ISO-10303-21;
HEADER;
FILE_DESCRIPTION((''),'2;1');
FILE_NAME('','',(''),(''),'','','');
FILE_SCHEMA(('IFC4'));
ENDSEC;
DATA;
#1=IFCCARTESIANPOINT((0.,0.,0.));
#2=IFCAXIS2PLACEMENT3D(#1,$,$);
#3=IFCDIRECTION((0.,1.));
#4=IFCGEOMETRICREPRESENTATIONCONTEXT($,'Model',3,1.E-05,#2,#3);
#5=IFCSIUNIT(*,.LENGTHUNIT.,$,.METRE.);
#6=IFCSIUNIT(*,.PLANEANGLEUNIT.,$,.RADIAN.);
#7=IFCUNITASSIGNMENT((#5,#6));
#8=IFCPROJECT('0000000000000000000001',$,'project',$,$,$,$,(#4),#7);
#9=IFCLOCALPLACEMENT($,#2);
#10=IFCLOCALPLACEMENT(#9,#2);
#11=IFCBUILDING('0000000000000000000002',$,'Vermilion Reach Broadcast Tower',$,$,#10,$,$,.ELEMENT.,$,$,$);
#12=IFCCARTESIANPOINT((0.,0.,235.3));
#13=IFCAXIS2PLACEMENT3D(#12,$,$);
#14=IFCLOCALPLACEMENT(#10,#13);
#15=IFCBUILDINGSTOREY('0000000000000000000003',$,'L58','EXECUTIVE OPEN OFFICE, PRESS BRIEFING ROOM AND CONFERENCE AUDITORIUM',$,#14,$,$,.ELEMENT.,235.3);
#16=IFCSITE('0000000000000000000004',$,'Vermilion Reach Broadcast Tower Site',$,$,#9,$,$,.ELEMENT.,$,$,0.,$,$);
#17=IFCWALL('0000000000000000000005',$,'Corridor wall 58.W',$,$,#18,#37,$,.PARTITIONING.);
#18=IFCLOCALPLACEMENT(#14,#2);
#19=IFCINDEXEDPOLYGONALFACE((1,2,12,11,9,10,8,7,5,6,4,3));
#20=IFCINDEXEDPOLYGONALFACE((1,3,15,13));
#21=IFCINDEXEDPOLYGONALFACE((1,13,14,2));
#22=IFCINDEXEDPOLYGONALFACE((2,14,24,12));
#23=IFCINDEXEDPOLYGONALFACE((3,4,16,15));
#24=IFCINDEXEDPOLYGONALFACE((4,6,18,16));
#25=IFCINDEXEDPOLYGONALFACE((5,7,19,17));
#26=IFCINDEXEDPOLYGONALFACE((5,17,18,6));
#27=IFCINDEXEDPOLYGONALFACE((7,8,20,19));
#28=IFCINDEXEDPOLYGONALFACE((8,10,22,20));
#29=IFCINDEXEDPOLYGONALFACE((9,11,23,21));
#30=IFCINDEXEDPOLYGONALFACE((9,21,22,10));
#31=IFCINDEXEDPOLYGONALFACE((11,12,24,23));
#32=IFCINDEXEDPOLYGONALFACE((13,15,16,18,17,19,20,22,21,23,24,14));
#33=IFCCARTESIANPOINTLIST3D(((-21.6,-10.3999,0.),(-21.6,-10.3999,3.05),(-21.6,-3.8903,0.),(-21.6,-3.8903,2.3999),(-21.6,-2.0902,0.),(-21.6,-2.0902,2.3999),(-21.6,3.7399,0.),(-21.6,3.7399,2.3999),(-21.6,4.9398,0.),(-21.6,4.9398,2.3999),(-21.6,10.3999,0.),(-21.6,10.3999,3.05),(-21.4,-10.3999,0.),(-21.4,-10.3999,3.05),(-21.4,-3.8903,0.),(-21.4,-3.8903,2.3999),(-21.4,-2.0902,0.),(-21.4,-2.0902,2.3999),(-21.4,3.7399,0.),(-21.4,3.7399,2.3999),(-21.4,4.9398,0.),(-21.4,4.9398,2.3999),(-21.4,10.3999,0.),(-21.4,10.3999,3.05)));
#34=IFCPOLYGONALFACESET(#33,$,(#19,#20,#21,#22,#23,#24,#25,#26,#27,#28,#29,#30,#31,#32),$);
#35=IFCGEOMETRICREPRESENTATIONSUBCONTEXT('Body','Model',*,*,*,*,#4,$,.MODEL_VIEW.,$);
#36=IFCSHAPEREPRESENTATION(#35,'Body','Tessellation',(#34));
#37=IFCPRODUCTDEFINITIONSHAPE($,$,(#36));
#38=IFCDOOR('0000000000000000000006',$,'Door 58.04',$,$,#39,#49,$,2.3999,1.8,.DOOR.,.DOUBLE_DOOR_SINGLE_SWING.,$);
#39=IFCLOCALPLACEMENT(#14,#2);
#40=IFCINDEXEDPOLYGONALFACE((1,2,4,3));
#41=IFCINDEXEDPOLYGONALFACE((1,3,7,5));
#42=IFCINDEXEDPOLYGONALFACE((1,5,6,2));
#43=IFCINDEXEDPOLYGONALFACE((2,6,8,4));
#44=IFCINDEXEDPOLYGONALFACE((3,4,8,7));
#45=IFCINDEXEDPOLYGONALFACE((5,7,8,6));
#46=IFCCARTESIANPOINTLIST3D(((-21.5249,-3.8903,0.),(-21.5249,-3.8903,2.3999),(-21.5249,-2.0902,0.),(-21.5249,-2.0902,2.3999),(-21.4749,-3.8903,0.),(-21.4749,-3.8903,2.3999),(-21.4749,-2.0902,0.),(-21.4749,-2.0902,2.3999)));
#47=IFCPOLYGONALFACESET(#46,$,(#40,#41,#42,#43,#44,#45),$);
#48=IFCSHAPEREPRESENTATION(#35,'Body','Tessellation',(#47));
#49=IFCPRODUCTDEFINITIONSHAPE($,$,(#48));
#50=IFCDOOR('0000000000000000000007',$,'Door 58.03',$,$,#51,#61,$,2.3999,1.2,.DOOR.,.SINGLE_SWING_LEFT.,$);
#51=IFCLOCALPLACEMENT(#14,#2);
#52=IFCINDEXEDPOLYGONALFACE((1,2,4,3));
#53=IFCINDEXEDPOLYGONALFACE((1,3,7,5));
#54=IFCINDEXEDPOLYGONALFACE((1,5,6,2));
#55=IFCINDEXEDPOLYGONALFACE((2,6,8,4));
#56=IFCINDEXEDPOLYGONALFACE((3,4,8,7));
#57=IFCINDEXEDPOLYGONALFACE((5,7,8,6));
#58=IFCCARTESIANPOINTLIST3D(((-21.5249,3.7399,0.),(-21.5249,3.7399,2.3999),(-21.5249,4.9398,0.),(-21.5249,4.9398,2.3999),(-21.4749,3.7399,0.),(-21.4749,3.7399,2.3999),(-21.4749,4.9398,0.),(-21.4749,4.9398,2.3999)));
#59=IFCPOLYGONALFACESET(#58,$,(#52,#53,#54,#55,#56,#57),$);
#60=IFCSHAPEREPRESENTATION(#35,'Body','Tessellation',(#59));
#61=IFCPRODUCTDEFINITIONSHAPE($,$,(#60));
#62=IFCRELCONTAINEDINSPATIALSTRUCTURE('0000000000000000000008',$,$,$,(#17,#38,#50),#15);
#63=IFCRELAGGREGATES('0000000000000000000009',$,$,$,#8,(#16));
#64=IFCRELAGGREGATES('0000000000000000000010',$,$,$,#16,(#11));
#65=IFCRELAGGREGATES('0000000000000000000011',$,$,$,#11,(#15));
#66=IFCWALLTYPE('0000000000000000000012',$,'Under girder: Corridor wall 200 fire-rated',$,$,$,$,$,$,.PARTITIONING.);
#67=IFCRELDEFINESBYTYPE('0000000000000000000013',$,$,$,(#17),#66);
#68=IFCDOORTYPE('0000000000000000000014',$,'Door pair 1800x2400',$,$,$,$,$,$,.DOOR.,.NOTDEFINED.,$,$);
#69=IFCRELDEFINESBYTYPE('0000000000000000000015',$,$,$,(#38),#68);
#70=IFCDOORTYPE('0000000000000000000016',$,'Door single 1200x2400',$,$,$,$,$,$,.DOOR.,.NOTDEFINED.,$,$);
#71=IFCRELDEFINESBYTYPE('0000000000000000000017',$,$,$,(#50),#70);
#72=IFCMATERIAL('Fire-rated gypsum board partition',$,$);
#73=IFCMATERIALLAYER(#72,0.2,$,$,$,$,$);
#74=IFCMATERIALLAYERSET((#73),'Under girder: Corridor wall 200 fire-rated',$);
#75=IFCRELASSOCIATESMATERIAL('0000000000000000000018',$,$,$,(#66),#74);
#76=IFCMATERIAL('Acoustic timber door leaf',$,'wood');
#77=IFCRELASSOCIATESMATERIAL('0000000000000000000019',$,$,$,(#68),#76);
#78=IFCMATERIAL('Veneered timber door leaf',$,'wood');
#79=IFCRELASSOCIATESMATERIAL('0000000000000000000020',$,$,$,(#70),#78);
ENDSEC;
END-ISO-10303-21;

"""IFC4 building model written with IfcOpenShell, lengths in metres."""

from ifc_helpers import new_model, si_unit, direction, frame, frame_2d, origin, place, context, subcontext, project, spatial, rectangle, extrude, material, layer, layer_set, type_object, element, fill, save


model = new_model("IFC4")

# Units and contexts
model_context = context("Model", 3, precision=1e-05, world=origin(), true_north=direction((0.0, 1.0)))
body_context = subcontext(model_context, "Body", "Model", "MODEL_VIEW")
ifc_project = project(units=[si_unit("LENGTHUNIT", "METRE"), si_unit("PLANEANGLEUNIT", "RADIAN")], contexts=[model_context])

# Site, building, storey
site_placement = place(None, origin())
site = spatial("IfcSite", under=ifc_project, at=site_placement, Name="Vermilion Reach Broadcast Tower Site", CompositionType="ELEMENT", RefElevation=0.0)
building_placement = place(site_placement, origin())
building = spatial("IfcBuilding", under=site, at=building_placement, Name="Vermilion Reach Broadcast Tower", CompositionType="ELEMENT")
storey_placement = place(building_placement, frame((0.0, 0.0, 235.3)))
storey = spatial("IfcBuildingStorey", under=building, at=storey_placement, Name="L58", Description="EXECUTIVE OPEN OFFICE, PRESS BRIEFING ROOM AND CONFERENCE AUDITORIUM", CompositionType="ELEMENT", Elevation=235.3)

# Wall, openings, doors
ifc_material_1 = material(Name="Fire-rated gypsum board partition")
ifc_layer_1 = layer(ifc_material_1, 0.2)
ifc_layer_set_1 = layer_set([ifc_layer_1], Name="Under girder: Corridor wall 200 fire-rated")
wall_type_1 = type_object("IfcWallType", Name="Under girder: Corridor wall 200 fire-rated", PredefinedType="PARTITIONING", material=ifc_layer_set_1)
wall_1_placement = place(storey_placement, frame((-21.5, -10.3999, 0.0), z_axis=(0.0, 0.0, 1.0), x_axis=(0.0, 1.0, 0.0)))
wall_1 = element("IfcWall", 1, at=wall_1_placement, inside=storey, type_object=wall_type_1, Name="Corridor wall 58.W", PredefinedType="PARTITIONING", context=body_context, shape_type="SweptSolid", body=[
    extrude(rectangle(XDim=20.7998, YDim=0.2, at=frame_2d((10.3999, 0.0))), origin(), (0.0, 0.0, 1.0), 3.05),
])
opening_1_placement = place(wall_1_placement, frame((14.1396, 0.0, 0.0)))
opening_1 = element("IfcOpeningElement", 2, at=opening_1_placement, cuts=wall_1, PredefinedType="OPENING", context=body_context, shape_type="SweptSolid", body=[
    extrude(rectangle(XDim=1.2, YDim=2.3999, at=frame_2d((0.6001, 1.2))), frame((0.0, 0.1099, 0.0), z_axis=(0.0, -1.0, 0.0), x_axis=(1.0, 0.0, 0.0)), (0.0, 0.0, 1.0), 0.22),
])
opening_2_placement = place(wall_1_placement, frame((6.5098, 0.0, 0.0)))
opening_2 = element("IfcOpeningElement", 3, at=opening_2_placement, cuts=wall_1, PredefinedType="OPENING", context=body_context, shape_type="SweptSolid", body=[
    extrude(rectangle(XDim=1.8, YDim=2.3999, at=frame_2d((0.8999, 1.2))), frame((0.0, 0.1099, 0.0), z_axis=(0.0, -1.0, 0.0), x_axis=(1.0, 0.0, 0.0)), (0.0, 0.0, 1.0), 0.22),
])
ifc_material_2 = material(Name="Acoustic timber door leaf", Category="wood")
door_type_1 = type_object("IfcDoorType", Name="Door pair 1800x2400", OperationType="NOTDEFINED", PredefinedType="DOOR", material=ifc_material_2)
door_1_placement = place(opening_2_placement, origin())
door_1 = element("IfcDoor", 4, at=door_1_placement, inside=storey, type_object=door_type_1, Name="Door 58.04", OperationType="DOUBLE_DOOR_SINGLE_SWING", OverallHeight=2.3999, OverallWidth=1.8, PredefinedType="DOOR", context=body_context, shape_type="SweptSolid", body=[
    extrude(rectangle(XDim=1.8, YDim=2.3999, at=frame_2d((0.8999, 1.2))), frame((0.0, 0.0249, 0.0), z_axis=(0.0, -1.0, 0.0), x_axis=(1.0, 0.0, 0.0)), (0.0, 0.0, 1.0), 0.05),
])
fill(opening_2, door_1)
ifc_material_3 = material(Name="Veneered timber door leaf", Category="wood")
door_type_2 = type_object("IfcDoorType", Name="Door single 1200x2400", OperationType="NOTDEFINED", PredefinedType="DOOR", material=ifc_material_3)
door_2_placement = place(opening_1_placement, origin())
door_2 = element("IfcDoor", 5, at=door_2_placement, inside=storey, type_object=door_type_2, Name="Door 58.03", OperationType="SINGLE_SWING_LEFT", OverallHeight=2.3999, OverallWidth=1.2, PredefinedType="DOOR", context=body_context, shape_type="SweptSolid", body=[
    extrude(rectangle(XDim=1.2, YDim=2.3999, at=frame_2d((0.6001, 1.2))), frame((0.0, 0.0249, 0.0), z_axis=(0.0, -1.0, 0.0), x_axis=(1.0, 0.0, 0.0)), (0.0, 0.0, 1.0), 0.05),
])
fill(opening_1, door_2)

save(model, "model.ifc")
